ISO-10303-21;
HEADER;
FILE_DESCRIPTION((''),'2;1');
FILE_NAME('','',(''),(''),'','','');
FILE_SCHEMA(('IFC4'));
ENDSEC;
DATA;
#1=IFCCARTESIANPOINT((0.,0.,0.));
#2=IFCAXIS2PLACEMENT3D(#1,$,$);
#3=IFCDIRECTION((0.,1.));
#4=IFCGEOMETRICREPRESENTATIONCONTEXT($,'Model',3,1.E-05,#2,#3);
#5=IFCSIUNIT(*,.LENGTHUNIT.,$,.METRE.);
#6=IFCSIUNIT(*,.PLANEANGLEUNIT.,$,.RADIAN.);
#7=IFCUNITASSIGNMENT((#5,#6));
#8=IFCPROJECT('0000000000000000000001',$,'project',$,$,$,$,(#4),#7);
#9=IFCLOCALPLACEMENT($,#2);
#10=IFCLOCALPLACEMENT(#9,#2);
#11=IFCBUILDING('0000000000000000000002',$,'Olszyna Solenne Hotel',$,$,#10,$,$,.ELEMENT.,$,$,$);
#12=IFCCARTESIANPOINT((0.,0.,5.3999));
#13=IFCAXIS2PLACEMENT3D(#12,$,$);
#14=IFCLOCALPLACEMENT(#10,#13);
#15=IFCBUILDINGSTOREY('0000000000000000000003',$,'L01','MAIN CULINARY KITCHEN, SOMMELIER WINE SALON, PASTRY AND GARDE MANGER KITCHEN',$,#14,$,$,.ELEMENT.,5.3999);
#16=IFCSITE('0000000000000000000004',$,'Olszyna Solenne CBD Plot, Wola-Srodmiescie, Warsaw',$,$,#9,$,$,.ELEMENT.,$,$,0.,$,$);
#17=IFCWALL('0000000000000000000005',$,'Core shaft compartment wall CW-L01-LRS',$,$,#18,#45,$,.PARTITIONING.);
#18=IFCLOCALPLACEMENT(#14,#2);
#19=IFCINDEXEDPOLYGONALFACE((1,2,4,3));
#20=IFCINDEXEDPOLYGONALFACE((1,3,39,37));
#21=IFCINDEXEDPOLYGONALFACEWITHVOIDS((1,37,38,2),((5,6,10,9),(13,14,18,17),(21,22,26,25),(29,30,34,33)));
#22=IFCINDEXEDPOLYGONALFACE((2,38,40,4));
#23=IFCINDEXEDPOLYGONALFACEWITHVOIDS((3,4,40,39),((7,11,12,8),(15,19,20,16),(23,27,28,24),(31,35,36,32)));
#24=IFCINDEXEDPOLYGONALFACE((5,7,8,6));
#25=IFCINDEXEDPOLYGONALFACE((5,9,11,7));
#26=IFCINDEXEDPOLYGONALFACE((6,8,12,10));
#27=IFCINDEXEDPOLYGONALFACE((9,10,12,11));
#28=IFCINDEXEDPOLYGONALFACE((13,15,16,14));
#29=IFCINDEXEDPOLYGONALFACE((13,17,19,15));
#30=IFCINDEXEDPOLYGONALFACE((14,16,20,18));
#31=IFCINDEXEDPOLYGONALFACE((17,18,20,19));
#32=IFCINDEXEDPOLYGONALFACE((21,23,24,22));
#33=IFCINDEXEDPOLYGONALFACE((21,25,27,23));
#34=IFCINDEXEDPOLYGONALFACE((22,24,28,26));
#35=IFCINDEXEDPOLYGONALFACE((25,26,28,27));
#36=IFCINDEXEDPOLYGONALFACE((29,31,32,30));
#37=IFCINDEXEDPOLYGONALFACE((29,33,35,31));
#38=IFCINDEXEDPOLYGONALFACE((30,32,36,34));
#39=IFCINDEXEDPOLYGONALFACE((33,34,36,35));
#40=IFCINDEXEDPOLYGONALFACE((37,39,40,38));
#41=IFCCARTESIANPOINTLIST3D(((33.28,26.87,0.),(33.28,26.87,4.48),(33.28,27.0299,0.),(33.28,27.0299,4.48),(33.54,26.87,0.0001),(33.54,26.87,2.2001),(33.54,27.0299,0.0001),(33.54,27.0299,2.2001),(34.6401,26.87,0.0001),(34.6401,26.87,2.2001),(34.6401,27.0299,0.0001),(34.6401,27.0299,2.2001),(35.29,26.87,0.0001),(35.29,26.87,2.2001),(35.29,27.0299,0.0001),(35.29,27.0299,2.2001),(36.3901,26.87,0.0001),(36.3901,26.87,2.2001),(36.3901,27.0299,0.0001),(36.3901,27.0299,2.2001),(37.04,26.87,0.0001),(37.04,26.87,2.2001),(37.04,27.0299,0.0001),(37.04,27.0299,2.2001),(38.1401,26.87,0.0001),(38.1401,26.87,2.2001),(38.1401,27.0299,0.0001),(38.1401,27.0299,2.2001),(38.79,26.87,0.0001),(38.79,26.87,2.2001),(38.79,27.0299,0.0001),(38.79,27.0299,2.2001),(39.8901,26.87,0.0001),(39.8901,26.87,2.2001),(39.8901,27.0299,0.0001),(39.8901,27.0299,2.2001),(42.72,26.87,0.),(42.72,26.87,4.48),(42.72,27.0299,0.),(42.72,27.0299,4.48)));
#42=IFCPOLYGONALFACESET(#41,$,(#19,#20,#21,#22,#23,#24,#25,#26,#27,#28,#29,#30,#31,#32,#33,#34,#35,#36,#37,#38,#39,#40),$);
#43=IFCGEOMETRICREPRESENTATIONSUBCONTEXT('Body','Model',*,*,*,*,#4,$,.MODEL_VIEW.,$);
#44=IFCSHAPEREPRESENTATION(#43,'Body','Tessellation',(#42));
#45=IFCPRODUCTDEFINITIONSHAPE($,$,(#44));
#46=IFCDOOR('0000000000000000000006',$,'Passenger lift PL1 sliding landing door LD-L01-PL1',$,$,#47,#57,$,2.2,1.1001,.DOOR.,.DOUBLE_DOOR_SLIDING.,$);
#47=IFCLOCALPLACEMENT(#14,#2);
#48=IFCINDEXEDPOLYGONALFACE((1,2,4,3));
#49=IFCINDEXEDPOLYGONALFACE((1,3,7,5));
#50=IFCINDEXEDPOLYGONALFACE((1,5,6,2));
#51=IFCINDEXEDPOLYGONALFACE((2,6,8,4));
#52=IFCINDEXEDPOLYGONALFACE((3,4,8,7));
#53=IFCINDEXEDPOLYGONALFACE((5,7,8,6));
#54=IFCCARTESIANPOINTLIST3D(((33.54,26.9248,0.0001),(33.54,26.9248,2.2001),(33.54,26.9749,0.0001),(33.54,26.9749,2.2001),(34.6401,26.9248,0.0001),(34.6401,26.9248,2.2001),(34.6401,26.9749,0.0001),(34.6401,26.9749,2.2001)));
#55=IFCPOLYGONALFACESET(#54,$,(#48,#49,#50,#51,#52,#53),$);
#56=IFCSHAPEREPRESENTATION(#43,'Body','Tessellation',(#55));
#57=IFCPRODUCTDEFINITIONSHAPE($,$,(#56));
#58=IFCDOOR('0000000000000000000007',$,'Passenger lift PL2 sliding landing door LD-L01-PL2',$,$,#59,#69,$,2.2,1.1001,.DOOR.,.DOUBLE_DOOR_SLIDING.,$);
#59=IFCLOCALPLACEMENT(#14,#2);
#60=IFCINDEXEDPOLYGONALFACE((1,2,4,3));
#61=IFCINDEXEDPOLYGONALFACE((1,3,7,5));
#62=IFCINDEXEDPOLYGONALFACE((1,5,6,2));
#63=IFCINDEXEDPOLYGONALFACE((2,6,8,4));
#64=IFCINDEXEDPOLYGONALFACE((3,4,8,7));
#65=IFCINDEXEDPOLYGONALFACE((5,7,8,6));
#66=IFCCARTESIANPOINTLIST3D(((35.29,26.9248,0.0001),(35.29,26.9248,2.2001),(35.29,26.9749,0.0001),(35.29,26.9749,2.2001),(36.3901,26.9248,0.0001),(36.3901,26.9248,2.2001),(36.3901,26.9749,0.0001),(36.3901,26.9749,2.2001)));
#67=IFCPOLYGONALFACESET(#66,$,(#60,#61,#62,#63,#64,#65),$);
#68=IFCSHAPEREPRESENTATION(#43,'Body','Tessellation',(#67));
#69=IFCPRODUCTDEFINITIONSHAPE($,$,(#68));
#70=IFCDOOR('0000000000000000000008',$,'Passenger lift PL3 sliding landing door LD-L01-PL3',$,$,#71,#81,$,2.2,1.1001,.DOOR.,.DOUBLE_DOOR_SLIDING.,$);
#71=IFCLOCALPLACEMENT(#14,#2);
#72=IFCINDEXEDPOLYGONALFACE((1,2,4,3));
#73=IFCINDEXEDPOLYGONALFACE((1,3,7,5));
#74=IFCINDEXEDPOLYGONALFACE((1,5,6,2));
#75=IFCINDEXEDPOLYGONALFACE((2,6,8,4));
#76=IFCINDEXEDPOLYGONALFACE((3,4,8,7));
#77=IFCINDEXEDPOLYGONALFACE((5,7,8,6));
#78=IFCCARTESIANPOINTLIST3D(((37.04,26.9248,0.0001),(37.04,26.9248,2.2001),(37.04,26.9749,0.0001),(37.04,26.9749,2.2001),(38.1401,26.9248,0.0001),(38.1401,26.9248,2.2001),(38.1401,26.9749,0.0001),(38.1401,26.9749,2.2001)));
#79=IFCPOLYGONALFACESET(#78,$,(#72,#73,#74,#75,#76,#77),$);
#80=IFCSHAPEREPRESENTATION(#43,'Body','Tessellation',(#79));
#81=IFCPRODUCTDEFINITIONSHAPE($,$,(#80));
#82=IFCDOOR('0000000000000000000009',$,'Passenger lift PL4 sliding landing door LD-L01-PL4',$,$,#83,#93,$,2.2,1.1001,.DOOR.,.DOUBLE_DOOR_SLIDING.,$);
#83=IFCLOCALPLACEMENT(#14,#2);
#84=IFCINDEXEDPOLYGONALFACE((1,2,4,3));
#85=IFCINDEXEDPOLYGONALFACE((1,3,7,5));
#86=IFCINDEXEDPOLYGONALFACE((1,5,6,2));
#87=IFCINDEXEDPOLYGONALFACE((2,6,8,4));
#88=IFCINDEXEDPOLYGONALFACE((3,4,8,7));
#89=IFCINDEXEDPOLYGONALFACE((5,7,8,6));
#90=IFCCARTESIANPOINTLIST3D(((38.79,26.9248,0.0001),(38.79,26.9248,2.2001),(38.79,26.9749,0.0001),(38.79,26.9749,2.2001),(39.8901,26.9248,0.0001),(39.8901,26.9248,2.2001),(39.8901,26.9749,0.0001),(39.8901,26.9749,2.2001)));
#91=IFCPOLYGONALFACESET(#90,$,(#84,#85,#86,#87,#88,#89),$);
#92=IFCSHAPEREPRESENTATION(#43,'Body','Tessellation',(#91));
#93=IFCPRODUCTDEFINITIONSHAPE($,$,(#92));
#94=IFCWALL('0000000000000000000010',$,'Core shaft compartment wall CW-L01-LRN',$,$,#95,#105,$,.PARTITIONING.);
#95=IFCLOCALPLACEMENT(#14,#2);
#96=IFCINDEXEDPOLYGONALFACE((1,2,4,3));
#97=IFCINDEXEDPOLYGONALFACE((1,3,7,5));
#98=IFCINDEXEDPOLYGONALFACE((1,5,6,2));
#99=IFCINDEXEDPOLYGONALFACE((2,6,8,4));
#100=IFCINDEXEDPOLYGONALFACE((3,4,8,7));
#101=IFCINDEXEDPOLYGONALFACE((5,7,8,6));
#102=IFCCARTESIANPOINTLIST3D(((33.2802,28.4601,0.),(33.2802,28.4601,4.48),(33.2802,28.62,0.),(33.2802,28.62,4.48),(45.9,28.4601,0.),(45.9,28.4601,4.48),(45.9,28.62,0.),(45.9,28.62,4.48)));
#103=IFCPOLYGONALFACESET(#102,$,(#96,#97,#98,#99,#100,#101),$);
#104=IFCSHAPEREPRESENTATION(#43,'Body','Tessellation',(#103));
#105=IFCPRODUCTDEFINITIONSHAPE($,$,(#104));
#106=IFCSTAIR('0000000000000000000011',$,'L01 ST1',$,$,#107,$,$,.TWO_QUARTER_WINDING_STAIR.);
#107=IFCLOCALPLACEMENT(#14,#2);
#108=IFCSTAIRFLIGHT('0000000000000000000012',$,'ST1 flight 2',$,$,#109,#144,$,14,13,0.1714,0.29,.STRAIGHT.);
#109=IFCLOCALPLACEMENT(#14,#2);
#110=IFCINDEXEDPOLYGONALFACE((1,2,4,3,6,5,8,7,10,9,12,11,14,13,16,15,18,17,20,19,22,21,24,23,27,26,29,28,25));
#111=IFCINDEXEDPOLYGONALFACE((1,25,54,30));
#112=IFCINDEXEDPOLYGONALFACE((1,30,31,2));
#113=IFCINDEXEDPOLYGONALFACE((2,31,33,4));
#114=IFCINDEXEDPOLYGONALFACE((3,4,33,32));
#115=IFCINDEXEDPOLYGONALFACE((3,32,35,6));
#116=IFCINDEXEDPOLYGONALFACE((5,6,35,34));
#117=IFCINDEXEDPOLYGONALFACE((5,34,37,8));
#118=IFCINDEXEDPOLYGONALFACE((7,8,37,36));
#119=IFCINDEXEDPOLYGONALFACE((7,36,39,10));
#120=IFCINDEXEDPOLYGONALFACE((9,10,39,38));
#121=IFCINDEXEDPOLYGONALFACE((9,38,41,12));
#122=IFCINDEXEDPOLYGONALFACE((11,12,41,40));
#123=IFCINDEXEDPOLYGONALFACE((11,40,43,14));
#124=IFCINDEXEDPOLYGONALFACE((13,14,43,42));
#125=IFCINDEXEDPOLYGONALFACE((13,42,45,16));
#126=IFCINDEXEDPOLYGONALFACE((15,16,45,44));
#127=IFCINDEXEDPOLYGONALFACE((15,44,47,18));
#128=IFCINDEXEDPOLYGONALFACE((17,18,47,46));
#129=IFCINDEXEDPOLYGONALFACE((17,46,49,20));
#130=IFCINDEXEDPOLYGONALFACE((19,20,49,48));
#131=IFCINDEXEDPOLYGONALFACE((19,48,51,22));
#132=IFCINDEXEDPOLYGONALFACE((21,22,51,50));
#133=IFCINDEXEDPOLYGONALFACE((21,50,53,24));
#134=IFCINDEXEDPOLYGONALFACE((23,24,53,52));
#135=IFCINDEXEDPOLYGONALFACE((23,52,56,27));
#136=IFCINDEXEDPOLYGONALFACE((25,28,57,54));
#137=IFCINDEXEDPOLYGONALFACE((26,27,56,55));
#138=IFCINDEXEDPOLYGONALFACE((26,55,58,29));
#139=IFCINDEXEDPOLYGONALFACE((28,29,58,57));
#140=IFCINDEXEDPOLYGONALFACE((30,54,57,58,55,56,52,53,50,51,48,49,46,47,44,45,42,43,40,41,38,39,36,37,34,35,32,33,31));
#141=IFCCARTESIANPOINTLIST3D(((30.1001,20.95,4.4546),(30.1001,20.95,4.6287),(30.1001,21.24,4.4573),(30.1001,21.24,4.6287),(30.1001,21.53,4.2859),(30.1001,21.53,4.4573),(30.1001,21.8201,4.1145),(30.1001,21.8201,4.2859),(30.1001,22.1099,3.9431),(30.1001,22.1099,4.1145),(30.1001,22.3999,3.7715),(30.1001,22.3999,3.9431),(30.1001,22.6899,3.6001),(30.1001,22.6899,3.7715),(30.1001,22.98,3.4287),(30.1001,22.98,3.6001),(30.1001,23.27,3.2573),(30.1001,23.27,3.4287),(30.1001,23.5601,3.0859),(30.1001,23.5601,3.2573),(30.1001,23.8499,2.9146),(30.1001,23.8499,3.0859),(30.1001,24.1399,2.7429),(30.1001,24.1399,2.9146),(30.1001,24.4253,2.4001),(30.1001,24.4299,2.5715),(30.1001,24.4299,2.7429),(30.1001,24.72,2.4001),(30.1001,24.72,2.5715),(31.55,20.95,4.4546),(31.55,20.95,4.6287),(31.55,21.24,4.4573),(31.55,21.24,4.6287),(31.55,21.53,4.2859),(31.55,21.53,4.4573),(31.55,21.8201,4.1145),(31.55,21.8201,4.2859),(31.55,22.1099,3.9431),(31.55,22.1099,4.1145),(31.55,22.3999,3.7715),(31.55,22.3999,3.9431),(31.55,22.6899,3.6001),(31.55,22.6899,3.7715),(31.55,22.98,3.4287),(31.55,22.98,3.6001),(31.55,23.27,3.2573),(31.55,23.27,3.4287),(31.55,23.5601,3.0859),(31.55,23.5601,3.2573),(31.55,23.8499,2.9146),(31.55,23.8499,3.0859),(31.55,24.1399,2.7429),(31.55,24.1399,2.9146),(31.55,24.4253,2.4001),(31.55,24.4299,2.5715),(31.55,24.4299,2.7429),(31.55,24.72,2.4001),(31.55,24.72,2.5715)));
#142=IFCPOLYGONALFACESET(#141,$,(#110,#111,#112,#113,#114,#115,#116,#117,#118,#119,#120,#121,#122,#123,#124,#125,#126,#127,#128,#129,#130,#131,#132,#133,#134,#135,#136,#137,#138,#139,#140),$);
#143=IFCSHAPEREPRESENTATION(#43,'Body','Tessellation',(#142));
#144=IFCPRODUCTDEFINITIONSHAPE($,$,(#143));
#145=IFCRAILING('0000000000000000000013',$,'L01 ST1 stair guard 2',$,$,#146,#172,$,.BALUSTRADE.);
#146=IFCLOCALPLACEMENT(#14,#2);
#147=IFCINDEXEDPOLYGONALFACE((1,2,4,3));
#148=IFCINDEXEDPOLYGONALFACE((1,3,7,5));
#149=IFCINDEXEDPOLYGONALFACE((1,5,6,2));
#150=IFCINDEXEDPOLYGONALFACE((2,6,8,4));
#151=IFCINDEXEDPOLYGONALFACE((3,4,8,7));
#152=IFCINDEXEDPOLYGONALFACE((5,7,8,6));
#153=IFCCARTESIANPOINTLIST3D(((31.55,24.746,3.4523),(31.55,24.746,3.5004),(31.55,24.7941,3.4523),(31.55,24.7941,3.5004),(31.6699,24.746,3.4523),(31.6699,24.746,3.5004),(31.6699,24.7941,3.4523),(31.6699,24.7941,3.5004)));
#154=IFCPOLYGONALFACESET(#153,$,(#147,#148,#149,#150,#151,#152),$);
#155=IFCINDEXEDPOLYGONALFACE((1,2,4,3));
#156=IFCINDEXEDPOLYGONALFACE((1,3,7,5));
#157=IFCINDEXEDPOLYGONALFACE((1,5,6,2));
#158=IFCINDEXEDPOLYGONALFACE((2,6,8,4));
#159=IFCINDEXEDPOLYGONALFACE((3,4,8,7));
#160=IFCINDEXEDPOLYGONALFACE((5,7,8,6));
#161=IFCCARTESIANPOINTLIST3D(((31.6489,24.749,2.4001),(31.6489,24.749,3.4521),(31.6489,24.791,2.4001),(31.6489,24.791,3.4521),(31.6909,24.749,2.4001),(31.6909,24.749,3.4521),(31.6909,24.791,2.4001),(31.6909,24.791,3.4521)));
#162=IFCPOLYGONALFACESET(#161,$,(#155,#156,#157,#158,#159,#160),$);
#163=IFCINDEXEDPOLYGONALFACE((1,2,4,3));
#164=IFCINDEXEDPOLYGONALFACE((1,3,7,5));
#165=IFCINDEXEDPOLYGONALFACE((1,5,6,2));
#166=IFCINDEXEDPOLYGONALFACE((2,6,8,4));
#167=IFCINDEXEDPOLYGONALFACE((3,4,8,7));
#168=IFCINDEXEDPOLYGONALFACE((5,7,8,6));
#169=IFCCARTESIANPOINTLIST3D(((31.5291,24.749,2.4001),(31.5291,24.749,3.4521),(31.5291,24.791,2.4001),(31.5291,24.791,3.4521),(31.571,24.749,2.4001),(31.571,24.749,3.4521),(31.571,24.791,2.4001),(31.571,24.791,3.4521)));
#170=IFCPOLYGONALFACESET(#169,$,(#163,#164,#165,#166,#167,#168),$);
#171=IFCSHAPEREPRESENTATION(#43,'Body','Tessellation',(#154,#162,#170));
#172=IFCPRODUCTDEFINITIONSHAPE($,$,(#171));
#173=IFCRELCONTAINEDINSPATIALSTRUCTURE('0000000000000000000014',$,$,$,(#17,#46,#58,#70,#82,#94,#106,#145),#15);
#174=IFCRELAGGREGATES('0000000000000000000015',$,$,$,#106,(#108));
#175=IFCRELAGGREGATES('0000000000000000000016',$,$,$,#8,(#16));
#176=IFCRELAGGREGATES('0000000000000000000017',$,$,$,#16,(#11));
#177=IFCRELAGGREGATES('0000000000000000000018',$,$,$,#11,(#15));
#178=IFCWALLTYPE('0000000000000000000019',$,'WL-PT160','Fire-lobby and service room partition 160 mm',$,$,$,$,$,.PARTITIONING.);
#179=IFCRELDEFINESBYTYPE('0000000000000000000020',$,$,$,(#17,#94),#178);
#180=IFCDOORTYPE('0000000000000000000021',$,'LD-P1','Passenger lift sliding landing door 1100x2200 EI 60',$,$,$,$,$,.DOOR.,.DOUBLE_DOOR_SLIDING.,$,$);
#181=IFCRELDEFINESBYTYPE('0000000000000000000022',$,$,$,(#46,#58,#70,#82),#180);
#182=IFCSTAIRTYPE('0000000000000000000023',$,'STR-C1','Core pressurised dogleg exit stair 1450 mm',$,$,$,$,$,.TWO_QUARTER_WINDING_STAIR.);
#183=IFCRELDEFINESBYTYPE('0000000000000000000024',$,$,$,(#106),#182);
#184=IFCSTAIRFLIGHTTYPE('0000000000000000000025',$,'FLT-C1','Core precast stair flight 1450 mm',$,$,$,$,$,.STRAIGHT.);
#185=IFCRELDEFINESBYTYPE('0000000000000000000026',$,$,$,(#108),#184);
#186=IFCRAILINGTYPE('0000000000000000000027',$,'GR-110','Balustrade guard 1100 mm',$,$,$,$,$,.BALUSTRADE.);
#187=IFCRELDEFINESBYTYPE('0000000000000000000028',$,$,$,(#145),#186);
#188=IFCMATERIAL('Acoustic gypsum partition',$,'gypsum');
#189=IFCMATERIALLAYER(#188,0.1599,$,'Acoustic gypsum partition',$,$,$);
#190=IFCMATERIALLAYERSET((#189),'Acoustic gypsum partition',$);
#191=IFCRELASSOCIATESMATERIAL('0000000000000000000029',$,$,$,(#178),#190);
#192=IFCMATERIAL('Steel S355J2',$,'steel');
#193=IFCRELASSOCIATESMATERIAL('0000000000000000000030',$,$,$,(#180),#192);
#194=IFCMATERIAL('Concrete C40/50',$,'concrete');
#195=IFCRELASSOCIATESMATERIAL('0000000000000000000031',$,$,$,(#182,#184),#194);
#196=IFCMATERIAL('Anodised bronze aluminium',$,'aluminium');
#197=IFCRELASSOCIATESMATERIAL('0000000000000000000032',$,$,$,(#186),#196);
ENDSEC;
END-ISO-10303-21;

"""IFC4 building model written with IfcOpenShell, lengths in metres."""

from ifc_helpers import new_model, si_unit, direction, frame, frame_2d, origin, origin_2d, place, context, subcontext, project, spatial, polyline, rectangle, outline, extrude, source, transform, mapped, material, layer, layer_set, type_object, type_shapes, element, fill, aggregate, save


model = new_model("IFC4")

# Units and contexts
model_context = context("Model", 3, precision=1e-05, world=origin(), true_north=direction((0.0, 1.0)))
body_context = subcontext(model_context, "Body", "Model", "MODEL_VIEW")
ifc_project = project(units=[si_unit("LENGTHUNIT", "METRE"), si_unit("PLANEANGLEUNIT", "RADIAN")], contexts=[model_context])

# Site, building, storey
site_placement = place(None, origin())
site = spatial("IfcSite", under=ifc_project, at=site_placement, Name="Olszyna Solenne CBD Plot, Wola-Srodmiescie, Warsaw", CompositionType="ELEMENT", RefElevation=0.0)
building_placement = place(site_placement, origin())
building = spatial("IfcBuilding", under=site, at=building_placement, Name="Olszyna Solenne Hotel", CompositionType="ELEMENT")
storey_placement = place(building_placement, frame((0.0, 0.0, 5.3999)))
storey = spatial("IfcBuildingStorey", under=building, at=storey_placement, Name="L01", Description="MAIN CULINARY KITCHEN, SOMMELIER WINE SALON, PASTRY AND GARDE MANGER KITCHEN", CompositionType="ELEMENT", Elevation=5.3999)

# Shared definitions
ifc_material_1 = material(Name="Steel S355J2", Category="steel")

# Shared definitions
ifc_material_2 = material(Name="Acoustic gypsum partition", Category="gypsum")
ifc_layer = layer(ifc_material_2, 0.1599, Name="Acoustic gypsum partition")
ifc_layer_set = layer_set([ifc_layer], Name="Acoustic gypsum partition")
wall_type = type_object("IfcWallType", Name="WL-PT160", Description="Fire-lobby and service room partition 160 mm", PredefinedType="PARTITIONING", material=ifc_layer_set)

# Wall, openings, doors
wall_1_placement = place(storey_placement, frame((33.28, 26.95, 0.0), z_axis=(0.0, 0.0, 1.0), x_axis=(1.0, 0.0, 0.0)))
wall_1 = element("IfcWall", 1, at=wall_1_placement, inside=storey, type_object=wall_type, Name="Core shaft compartment wall CW-L01-LRS", PredefinedType="PARTITIONING", context=body_context, shape_type="SweptSolid", body=[
    extrude(rectangle(XDim=9.4399, YDim=0.1599, at=frame_2d((4.72, 0.0))), origin(), (0.0, 0.0, 1.0), 4.48),
])
opening_1_placement = place(wall_1_placement, frame((0.26, 0.0, 0.0)))
opening_1 = element("IfcOpeningElement", 2, at=opening_1_placement, cuts=wall_1, PredefinedType="OPENING", context=body_context, shape_type="SweptSolid", body=[
    extrude(rectangle(XDim=1.1001, YDim=2.2, at=frame_2d((0.55, 1.1001))), frame((0.0, 0.0898, 0.0), z_axis=(0.0, -1.0, 0.0), x_axis=(1.0, 0.0, 0.0)), (0.0, 0.0, 1.0), 0.1799),
])
opening_2_placement = place(wall_1_placement, frame((2.01, 0.0, 0.0)))
opening_2 = element("IfcOpeningElement", 3, at=opening_2_placement, cuts=wall_1, PredefinedType="OPENING", context=body_context, shape_type="SweptSolid", body=[
    extrude(rectangle(XDim=1.1001, YDim=2.2, at=frame_2d((0.55, 1.1001))), frame((0.0, 0.0898, 0.0), z_axis=(0.0, -1.0, 0.0), x_axis=(1.0, 0.0, 0.0)), (0.0, 0.0, 1.0), 0.1799),
])
opening_3_placement = place(wall_1_placement, frame((3.76, 0.0, 0.0)))
opening_3 = element("IfcOpeningElement", 4, at=opening_3_placement, cuts=wall_1, PredefinedType="OPENING", context=body_context, shape_type="SweptSolid", body=[
    extrude(rectangle(XDim=1.1001, YDim=2.2, at=frame_2d((0.55, 1.1001))), frame((0.0, 0.0898, 0.0), z_axis=(0.0, -1.0, 0.0), x_axis=(1.0, 0.0, 0.0)), (0.0, 0.0, 1.0), 0.1799),
])
opening_4_placement = place(wall_1_placement, frame((5.51, 0.0, 0.0)))
opening_4 = element("IfcOpeningElement", 5, at=opening_4_placement, cuts=wall_1, PredefinedType="OPENING", context=body_context, shape_type="SweptSolid", body=[
    extrude(rectangle(XDim=1.1001, YDim=2.2, at=frame_2d((0.55, 1.1001))), frame((0.0, 0.0898, 0.0), z_axis=(0.0, -1.0, 0.0), x_axis=(1.0, 0.0, 0.0)), (0.0, 0.0, 1.0), 0.1799),
])
door_type = type_object("IfcDoorType", Name="LD-P1", Description="Passenger lift sliding landing door 1100x2200 EI 60", OperationType="DOUBLE_DOOR_SLIDING", PredefinedType="DOOR", material=ifc_material_1)
shared_shape_1 = source(origin(), body_context, "Body", "SweptSolid", [
    extrude(rectangle(XDim=1.1001, YDim=2.2, at=frame_2d((0.55, 1.1001))), frame((0.0, 0.0249, 0.0), z_axis=(0.0, -1.0, 0.0), x_axis=(1.0, 0.0, 0.0)), (0.0, 0.0, 1.0), 0.05),
])
type_shapes(door_type, [shared_shape_1])
door_1_placement = place(opening_1_placement, origin())
door_1 = element("IfcDoor", 6, at=door_1_placement, inside=storey, type_object=door_type, Name="Passenger lift PL1 sliding landing door LD-L01-PL1", OperationType="DOUBLE_DOOR_SLIDING", OverallHeight=2.2, OverallWidth=1.1001, PredefinedType="DOOR", context=body_context, shape_type="MappedRepresentation", body=[
    mapped(shared_shape_1, transform((0.0, 0.0, 0.0), x_axis=(1.0, 0.0, 0.0), y_axis=(0.0, 1.0, 0.0), z_axis=(0.0, 0.0, 1.0), scale=1.0)),
])
fill(opening_1, door_1)
door_2_placement = place(opening_2_placement, origin())
door_2 = element("IfcDoor", 7, at=door_2_placement, inside=storey, type_object=door_type, Name="Passenger lift PL2 sliding landing door LD-L01-PL2", OperationType="DOUBLE_DOOR_SLIDING", OverallHeight=2.2, OverallWidth=1.1001, PredefinedType="DOOR", context=body_context, shape_type="MappedRepresentation", body=[
    mapped(shared_shape_1, transform((0.0, 0.0, 0.0), x_axis=(1.0, 0.0, 0.0), y_axis=(0.0, 1.0, 0.0), z_axis=(0.0, 0.0, 1.0), scale=1.0)),
])
fill(opening_2, door_2)
door_3_placement = place(opening_3_placement, origin())
door_3 = element("IfcDoor", 8, at=door_3_placement, inside=storey, type_object=door_type, Name="Passenger lift PL3 sliding landing door LD-L01-PL3", OperationType="DOUBLE_DOOR_SLIDING", OverallHeight=2.2, OverallWidth=1.1001, PredefinedType="DOOR", context=body_context, shape_type="MappedRepresentation", body=[
    mapped(shared_shape_1, transform((0.0, 0.0, 0.0), x_axis=(1.0, 0.0, 0.0), y_axis=(0.0, 1.0, 0.0), z_axis=(0.0, 0.0, 1.0), scale=1.0)),
])
fill(opening_3, door_3)
door_4_placement = place(opening_4_placement, origin())
door_4 = element("IfcDoor", 9, at=door_4_placement, inside=storey, type_object=door_type, Name="Passenger lift PL4 sliding landing door LD-L01-PL4", OperationType="DOUBLE_DOOR_SLIDING", OverallHeight=2.2, OverallWidth=1.1001, PredefinedType="DOOR", context=body_context, shape_type="MappedRepresentation", body=[
    mapped(shared_shape_1, transform((0.0, 0.0, 0.0), x_axis=(1.0, 0.0, 0.0), y_axis=(0.0, 1.0, 0.0), z_axis=(0.0, 0.0, 1.0), scale=1.0)),
])
fill(opening_4, door_4)

# Wall
wall_2_placement = place(storey_placement, frame((33.28, 28.54, 0.0), z_axis=(0.0, 0.0, 1.0), x_axis=(1.0, 0.0, 0.0)))
element("IfcWall", 10, at=wall_2_placement, inside=storey, type_object=wall_type, Name="Core shaft compartment wall CW-L01-LRN", PredefinedType="PARTITIONING", context=body_context, shape_type="SweptSolid", body=[
    extrude(rectangle(XDim=12.6199, YDim=0.1599, at=frame_2d((6.3101, 0.0))), origin(), (0.0, 0.0, 1.0), 4.48),
])

# Stair, stair flight
ifc_material_3 = material(Name="Concrete C40/50", Category="concrete")
stair_type = type_object("IfcStairType", Name="STR-C1", Description="Core pressurised dogleg exit stair 1450 mm", PredefinedType="TWO_QUARTER_WINDING_STAIR", material=ifc_material_3)
stair_placement = place(storey_placement, origin())
stair = element("IfcStair", 11, at=stair_placement, inside=storey, type_object=stair_type, Name="L01 ST1", PredefinedType="TWO_QUARTER_WINDING_STAIR")
stair_flight_type = type_object("IfcStairFlightType", Name="FLT-C1", Description="Core precast stair flight 1450 mm", PredefinedType="STRAIGHT", material=ifc_material_3)
stair_flight_placement = place(storey_placement, frame((30.825, 24.72, 2.4001), z_axis=(0.0, 0.0, 1.0), x_axis=(0.0, -1.0, 0.0)))
stair_flight = element("IfcStairFlight", 12, at=stair_flight_placement, type_object=stair_flight_type, Name="ST1 flight 2", NumberOfRisers=14, NumberOfTreads=13, PredefinedType="STRAIGHT", RiserHeight=0.1714, TreadLength=0.29, context=body_context, shape_type="SweptSolid", body=[
    extrude(outline(polyline([(0.0, 0.0), (0.0, 0.1714), (0.29, 0.1714), (0.29, 0.3428), (0.5801, 0.3428), (0.5801, 0.5144), (0.8701, 0.5144), (0.8701, 0.6858), (1.1599, 0.6858), (1.1599, 0.8572), (1.45, 0.8572), (1.45, 1.0286), (1.74, 1.0286), (1.74, 1.2), (2.03, 1.2), (2.03, 1.3713), (2.3201, 1.3713), (2.3201, 1.543), (2.6101, 1.543), (2.6101, 1.7144), (2.8999, 1.7144), (2.8999, 1.8857), (3.1899, 1.8857), (3.1899, 2.0571), (3.48, 2.0571), (3.48, 2.2285), (3.77, 2.2285), (3.77, 2.3999), (3.77, 2.0544), (0.2947, 0.0), (0.0, 0.0)])), frame((0.0, 0.7251, 0.0), z_axis=(0.0, -1.0, 0.0), x_axis=(1.0, 0.0, 0.0)), (0.0, 0.0, 1.0), 1.45),
])
aggregate(stair, [stair_flight])

# Railing
ifc_material_4 = material(Name="Anodised bronze aluminium", Category="aluminium")
railing_type_1 = type_object("IfcRailingType", Name="GR-110", Description="Balustrade guard 1100 mm", PredefinedType="BALUSTRADE", material=ifc_material_4)
railing_1_placement = place(storey_placement, frame((31.6699, 24.77, 2.4001)))
element("IfcRailing", 13, at=railing_1_placement, inside=storey, type_object=railing_type_1, Name="L01 ST1 stair guard 2", PredefinedType="BALUSTRADE", context=body_context, shape_type="SweptSolid", body=[
    extrude(rectangle(XDim=0.0481, YDim=0.0481, at=origin_2d()), frame((0.0, 0.0, 1.0762), z_axis=(-1.0, 0.0, 0.0), x_axis=(0.0, -1.0, 0.0)), (0.0, 0.0, 1.0), 0.1199),
    extrude(rectangle(XDim=0.042, YDim=0.042, at=origin_2d()), origin(), (0.0, 0.0, 1.0), 1.052),
    extrude(rectangle(XDim=0.042, YDim=0.042, at=origin_2d()), frame((-0.1199, 0.0, 0.0)), (0.0, 0.0, 1.0), 1.052),
])

save(model, "model.ifc")
